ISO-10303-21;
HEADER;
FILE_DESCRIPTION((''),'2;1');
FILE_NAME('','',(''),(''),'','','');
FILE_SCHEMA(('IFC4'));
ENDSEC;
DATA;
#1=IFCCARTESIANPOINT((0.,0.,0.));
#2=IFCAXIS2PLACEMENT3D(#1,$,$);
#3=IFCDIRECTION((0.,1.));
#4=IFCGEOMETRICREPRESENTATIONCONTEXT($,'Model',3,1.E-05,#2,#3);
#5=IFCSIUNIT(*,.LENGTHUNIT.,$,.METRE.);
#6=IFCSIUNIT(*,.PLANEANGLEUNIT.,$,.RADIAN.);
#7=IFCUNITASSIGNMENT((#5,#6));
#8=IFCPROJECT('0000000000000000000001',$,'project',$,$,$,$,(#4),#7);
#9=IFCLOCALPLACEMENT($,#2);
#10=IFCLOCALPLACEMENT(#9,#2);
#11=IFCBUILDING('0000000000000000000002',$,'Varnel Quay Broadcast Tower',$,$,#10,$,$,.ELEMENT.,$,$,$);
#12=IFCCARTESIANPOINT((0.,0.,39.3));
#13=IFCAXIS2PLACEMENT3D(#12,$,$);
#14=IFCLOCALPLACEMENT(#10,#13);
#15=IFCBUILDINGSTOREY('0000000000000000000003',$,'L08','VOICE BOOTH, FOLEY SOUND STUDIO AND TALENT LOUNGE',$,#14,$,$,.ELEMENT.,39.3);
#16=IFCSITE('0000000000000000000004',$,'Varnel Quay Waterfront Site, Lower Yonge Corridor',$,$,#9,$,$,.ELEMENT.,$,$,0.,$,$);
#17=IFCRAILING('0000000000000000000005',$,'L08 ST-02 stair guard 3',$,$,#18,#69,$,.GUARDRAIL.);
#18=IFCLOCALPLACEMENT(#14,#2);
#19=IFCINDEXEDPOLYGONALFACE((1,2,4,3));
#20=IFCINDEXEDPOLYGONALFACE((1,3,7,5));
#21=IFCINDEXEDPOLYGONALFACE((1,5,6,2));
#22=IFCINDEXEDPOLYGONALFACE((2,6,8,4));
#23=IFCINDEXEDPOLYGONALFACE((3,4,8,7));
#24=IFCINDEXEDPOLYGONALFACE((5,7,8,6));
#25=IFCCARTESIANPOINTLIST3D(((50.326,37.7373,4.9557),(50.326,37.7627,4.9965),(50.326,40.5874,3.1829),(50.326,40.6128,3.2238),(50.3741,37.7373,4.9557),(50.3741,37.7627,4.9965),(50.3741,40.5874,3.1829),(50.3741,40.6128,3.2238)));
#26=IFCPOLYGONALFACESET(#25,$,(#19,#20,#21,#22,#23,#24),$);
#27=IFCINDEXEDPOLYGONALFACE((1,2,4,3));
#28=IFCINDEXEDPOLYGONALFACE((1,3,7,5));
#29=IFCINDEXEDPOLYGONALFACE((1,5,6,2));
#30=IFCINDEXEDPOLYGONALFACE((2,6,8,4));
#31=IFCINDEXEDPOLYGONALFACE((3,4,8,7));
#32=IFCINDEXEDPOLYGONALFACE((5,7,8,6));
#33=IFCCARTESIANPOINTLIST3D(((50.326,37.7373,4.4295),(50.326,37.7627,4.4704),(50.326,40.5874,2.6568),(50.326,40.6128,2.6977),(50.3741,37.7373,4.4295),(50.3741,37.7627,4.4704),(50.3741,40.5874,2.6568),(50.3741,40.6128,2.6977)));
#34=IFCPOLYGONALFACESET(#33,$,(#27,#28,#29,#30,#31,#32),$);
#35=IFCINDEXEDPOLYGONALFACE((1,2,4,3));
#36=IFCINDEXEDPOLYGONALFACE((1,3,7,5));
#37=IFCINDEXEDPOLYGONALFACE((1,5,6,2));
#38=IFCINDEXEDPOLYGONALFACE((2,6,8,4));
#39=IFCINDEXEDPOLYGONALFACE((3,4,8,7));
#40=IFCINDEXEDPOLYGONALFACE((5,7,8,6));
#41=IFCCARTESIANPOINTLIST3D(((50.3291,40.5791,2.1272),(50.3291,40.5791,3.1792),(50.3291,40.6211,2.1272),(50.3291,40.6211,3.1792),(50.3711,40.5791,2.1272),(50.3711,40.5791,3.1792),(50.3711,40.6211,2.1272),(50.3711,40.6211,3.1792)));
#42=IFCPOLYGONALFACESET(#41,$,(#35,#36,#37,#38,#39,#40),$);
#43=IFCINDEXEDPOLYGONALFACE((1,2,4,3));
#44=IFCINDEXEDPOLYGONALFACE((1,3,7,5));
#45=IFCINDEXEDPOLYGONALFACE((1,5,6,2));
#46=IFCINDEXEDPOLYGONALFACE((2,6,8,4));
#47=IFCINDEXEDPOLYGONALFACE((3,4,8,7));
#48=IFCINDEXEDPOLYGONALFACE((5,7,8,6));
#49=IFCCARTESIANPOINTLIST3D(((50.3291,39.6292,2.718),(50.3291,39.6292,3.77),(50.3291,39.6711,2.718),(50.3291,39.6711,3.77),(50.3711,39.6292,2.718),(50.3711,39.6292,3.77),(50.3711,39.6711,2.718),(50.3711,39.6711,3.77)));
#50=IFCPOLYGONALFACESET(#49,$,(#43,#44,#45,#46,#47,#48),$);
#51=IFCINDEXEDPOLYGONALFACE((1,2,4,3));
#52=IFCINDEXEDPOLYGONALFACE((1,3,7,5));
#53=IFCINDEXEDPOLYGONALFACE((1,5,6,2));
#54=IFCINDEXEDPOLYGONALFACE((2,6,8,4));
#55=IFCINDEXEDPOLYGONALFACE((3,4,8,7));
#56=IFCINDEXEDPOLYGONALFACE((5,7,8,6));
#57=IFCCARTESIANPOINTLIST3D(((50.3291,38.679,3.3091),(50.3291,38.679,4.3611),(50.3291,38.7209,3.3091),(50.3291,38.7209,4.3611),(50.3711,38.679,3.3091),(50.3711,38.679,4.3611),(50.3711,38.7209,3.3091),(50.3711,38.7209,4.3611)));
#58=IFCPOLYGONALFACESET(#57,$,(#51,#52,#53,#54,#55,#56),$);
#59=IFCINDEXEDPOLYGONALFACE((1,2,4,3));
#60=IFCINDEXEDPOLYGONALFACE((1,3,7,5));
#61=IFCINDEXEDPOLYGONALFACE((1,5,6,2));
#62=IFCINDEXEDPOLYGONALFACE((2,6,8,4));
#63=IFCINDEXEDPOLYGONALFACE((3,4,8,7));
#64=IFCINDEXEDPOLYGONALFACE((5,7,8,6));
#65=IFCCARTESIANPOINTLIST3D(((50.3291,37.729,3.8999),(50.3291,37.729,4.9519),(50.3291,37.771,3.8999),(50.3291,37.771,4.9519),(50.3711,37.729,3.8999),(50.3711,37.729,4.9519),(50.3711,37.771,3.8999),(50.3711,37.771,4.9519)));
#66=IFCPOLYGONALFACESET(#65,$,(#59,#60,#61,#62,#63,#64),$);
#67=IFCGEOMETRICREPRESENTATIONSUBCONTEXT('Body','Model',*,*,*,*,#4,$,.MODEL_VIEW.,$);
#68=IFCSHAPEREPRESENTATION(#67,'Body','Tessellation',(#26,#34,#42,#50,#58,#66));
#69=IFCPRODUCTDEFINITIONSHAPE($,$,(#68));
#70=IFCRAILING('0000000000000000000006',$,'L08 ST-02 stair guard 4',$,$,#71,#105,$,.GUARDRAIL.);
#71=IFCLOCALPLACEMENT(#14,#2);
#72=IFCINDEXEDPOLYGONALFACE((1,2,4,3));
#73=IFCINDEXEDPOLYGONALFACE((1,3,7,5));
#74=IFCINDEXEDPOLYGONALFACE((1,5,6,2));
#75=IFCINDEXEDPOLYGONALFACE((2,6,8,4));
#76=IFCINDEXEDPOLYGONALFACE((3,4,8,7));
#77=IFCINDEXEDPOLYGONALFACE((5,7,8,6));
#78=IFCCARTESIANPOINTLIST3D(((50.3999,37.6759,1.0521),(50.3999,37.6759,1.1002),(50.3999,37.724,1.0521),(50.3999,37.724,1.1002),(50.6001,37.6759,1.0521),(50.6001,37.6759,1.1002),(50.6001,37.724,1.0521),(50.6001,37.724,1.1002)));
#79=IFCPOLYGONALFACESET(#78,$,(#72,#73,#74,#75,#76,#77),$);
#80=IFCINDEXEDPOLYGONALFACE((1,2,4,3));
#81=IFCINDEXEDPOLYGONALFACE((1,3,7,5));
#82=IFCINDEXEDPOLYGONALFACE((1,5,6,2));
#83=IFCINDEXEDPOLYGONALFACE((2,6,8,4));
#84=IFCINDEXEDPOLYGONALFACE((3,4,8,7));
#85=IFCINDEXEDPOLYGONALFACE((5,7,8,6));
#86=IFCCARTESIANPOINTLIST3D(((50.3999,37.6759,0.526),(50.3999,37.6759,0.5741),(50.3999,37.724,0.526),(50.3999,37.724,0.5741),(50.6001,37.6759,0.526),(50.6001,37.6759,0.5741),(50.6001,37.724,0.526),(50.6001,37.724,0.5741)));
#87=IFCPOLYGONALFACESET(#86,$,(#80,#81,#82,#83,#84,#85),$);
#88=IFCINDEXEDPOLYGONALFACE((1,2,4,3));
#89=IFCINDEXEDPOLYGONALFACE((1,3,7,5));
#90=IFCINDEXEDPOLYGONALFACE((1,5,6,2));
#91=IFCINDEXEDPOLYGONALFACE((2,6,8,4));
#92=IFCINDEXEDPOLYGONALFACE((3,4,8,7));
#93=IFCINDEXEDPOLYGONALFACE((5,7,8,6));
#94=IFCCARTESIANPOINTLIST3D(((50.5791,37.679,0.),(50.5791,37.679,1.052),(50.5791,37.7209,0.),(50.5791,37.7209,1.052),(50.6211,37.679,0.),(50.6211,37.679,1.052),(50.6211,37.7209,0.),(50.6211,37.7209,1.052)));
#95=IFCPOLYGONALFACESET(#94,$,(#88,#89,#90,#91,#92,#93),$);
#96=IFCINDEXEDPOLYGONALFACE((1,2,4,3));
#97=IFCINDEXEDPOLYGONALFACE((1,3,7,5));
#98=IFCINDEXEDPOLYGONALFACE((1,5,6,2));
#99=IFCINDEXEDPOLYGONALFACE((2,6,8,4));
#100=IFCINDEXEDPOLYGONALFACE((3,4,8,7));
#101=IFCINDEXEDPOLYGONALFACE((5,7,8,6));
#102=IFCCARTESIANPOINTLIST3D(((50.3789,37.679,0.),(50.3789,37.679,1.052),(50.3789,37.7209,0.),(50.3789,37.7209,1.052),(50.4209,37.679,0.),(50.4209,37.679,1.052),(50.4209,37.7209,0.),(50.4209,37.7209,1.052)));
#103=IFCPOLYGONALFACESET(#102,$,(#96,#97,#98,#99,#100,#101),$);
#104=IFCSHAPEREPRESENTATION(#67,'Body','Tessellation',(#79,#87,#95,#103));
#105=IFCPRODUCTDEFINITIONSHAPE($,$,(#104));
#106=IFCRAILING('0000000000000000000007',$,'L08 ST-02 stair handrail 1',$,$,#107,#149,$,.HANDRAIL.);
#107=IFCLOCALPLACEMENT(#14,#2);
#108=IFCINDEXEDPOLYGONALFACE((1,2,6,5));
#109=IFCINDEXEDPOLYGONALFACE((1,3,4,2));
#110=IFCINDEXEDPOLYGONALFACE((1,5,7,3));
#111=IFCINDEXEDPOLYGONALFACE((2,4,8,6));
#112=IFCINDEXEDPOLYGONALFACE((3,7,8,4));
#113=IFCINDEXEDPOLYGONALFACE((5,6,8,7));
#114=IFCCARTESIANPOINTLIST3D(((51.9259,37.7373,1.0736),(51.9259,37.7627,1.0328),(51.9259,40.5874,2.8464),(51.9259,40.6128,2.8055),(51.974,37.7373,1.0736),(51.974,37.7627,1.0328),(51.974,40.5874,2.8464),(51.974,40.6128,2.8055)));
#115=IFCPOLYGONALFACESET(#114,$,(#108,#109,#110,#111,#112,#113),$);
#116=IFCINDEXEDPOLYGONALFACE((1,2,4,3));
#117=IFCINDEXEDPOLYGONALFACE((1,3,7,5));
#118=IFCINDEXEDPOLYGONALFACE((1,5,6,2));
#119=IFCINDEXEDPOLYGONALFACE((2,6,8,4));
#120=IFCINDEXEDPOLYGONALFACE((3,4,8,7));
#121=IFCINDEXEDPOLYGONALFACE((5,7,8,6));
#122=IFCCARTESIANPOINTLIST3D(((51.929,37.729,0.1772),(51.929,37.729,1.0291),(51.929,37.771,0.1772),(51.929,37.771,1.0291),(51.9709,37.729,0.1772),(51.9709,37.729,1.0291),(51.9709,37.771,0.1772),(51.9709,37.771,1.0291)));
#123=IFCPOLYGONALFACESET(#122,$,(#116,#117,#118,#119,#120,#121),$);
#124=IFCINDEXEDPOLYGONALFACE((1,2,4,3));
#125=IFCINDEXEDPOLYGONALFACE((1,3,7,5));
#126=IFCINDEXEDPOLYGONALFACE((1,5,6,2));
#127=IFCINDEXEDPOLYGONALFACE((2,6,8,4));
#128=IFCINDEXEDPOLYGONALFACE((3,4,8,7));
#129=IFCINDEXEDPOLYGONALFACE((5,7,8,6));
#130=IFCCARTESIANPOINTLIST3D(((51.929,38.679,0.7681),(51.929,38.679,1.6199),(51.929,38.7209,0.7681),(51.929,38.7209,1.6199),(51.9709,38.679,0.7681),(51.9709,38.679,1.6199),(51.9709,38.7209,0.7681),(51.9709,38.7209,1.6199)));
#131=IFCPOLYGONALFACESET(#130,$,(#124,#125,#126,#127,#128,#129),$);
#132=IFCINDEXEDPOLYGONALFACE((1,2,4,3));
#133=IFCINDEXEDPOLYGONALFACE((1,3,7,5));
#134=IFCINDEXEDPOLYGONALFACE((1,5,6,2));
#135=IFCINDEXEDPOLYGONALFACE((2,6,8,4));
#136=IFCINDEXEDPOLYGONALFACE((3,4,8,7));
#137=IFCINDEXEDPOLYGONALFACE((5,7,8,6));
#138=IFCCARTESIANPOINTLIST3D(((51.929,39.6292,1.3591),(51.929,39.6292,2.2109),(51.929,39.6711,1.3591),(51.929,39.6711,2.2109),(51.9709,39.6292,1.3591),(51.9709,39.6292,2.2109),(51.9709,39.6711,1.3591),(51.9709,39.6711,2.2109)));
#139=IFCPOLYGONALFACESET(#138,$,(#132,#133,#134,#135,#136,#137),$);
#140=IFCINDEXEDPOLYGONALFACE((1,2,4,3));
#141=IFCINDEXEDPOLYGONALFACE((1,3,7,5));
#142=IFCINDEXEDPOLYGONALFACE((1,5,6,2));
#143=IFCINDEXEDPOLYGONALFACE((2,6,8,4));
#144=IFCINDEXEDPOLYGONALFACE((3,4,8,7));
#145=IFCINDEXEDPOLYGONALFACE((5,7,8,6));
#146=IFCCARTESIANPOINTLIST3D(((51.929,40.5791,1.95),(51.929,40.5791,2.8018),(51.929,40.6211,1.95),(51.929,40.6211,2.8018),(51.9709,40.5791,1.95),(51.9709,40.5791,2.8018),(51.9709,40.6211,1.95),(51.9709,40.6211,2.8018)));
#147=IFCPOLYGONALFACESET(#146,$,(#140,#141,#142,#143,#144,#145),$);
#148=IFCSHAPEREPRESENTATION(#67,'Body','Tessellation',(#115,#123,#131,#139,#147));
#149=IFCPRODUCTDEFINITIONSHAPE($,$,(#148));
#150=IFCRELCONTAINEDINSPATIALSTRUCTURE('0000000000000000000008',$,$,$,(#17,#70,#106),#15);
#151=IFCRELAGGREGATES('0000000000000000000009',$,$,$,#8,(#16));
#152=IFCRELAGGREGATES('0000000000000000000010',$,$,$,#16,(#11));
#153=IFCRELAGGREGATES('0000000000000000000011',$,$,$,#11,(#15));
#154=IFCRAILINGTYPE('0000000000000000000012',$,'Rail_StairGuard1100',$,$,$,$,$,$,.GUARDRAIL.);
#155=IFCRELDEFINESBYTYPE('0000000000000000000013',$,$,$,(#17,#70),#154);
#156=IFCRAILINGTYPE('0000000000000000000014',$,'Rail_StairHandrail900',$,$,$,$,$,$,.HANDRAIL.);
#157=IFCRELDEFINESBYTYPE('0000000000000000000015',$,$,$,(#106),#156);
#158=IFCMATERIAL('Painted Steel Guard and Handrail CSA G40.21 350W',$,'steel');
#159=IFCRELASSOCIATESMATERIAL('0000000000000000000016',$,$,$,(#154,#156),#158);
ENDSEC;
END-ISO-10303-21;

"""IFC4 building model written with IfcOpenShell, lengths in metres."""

from ifc_helpers import new_model, si_unit, direction, frame, origin, origin_2d, place, context, subcontext, project, spatial, rectangle, extrude, material, type_object, element, save


model = new_model("IFC4")

# Units and contexts
model_context = context("Model", 3, precision=1e-05, world=origin(), true_north=direction((0.0, 1.0)))
body_context = subcontext(model_context, "Body", "Model", "MODEL_VIEW")
ifc_project = project(units=[si_unit("LENGTHUNIT", "METRE"), si_unit("PLANEANGLEUNIT", "RADIAN")], contexts=[model_context])

# Site, building, storey
site_placement = place(None, origin())
site = spatial("IfcSite", under=ifc_project, at=site_placement, Name="Varnel Quay Waterfront Site, Lower Yonge Corridor", CompositionType="ELEMENT", RefElevation=0.0)
building_placement = place(site_placement, origin())
building = spatial("IfcBuilding", under=site, at=building_placement, Name="Varnel Quay Broadcast Tower", CompositionType="ELEMENT")
storey_placement = place(building_placement, frame((0.0, 0.0, 39.3)))
storey = spatial("IfcBuildingStorey", under=building, at=storey_placement, Name="L08", Description="VOICE BOOTH, FOLEY SOUND STUDIO AND TALENT LOUNGE", CompositionType="ELEMENT", Elevation=39.3)

# Railings
ifc_material_1 = material(Name="Painted Steel Guard and Handrail CSA G40.21 350W", Category="steel")
railing_type_1 = type_object("IfcRailingType", Name="Rail_StairGuard1100", PredefinedType="GUARDRAIL", material=ifc_material_1)
railing_1_placement = place(storey_placement, frame((50.3501, 40.6001, 2.1272)))
element("IfcRailing", 1, at=railing_1_placement, inside=storey, type_object=railing_type_1, Name="L08 ST-02 stair guard 3", PredefinedType="GUARDRAIL", context=body_context, shape_type="SweptSolid", body=[
    extrude(rectangle(XDim=0.0481, YDim=0.0481, at=origin_2d()), frame((0.0, 0.0, 1.0762), z_axis=(0.0, -0.849149, 0.528154), x_axis=(1.0, 0.0, 0.0)), (0.0, 0.0, 1.0), 3.3564),
    extrude(rectangle(XDim=0.0481, YDim=0.0481, at=origin_2d()), frame((0.0, 0.0, 0.55), z_axis=(0.0, -0.849149, 0.528154), x_axis=(1.0, 0.0, 0.0)), (0.0, 0.0, 1.0), 3.3564),
    extrude(rectangle(XDim=0.042, YDim=0.042, at=origin_2d()), origin(), (0.0, 0.0, 1.0), 1.052),
    extrude(rectangle(XDim=0.042, YDim=0.042, at=origin_2d()), frame((0.0, -0.95, 0.5908)), (0.0, 0.0, 1.0), 1.052),
    extrude(rectangle(XDim=0.042, YDim=0.042, at=origin_2d()), frame((0.0, -1.9001, 1.1819)), (0.0, 0.0, 1.0), 1.052),
    extrude(rectangle(XDim=0.042, YDim=0.042, at=origin_2d()), frame((0.0, -2.8501, 1.7727)), (0.0, 0.0, 1.0), 1.052),
])
railing_2_placement = place(storey_placement, frame((50.6001, 37.7, 0.0)))
element("IfcRailing", 2, at=railing_2_placement, inside=storey, type_object=railing_type_1, Name="L08 ST-02 stair guard 4", PredefinedType="GUARDRAIL", context=body_context, shape_type="SweptSolid", body=[
    extrude(rectangle(XDim=0.0481, YDim=0.0481, at=origin_2d()), frame((0.0, 0.0, 1.0762), z_axis=(-1.0, 0.0, 0.0), x_axis=(0.0, -1.0, 0.0)), (0.0, 0.0, 1.0), 0.2002),
    extrude(rectangle(XDim=0.0481, YDim=0.0481, at=origin_2d()), frame((0.0, 0.0, 0.55), z_axis=(-1.0, 0.0, 0.0), x_axis=(0.0, -1.0, 0.0)), (0.0, 0.0, 1.0), 0.2002),
    extrude(rectangle(XDim=0.042, YDim=0.042, at=origin_2d()), origin(), (0.0, 0.0, 1.0), 1.052),
    extrude(rectangle(XDim=0.042, YDim=0.042, at=origin_2d()), frame((-0.2002, 0.0, 0.0)), (0.0, 0.0, 1.0), 1.052),
])
railing_type_2 = type_object("IfcRailingType", Name="Rail_StairHandrail900", PredefinedType="HANDRAIL", material=ifc_material_1)
railing_3_placement = place(storey_placement, frame((51.95, 37.75, 0.1772)))
element("IfcRailing", 3, at=railing_3_placement, inside=storey, type_object=railing_type_2, Name="L08 ST-02 stair handrail 1", PredefinedType="HANDRAIL", context=body_context, shape_type="SweptSolid", body=[
    extrude(rectangle(XDim=0.0481, YDim=0.0481, at=origin_2d()), frame((0.0, 0.0, 0.876), z_axis=(0.0, 0.849149, 0.528154), x_axis=(-1.0, 0.0, 0.0)), (0.0, 0.0, 1.0), 3.3564),
    extrude(rectangle(XDim=0.042, YDim=0.042, at=origin_2d()), origin(), (0.0, 0.0, 1.0), 0.8518),
    extrude(rectangle(XDim=0.042, YDim=0.042, at=origin_2d()), frame((0.0, 0.95, 0.5908)), (0.0, 0.0, 1.0), 0.8518),
    extrude(rectangle(XDim=0.042, YDim=0.042, at=origin_2d()), frame((0.0, 1.9001, 1.1819)), (0.0, 0.0, 1.0), 0.8518),
    extrude(rectangle(XDim=0.042, YDim=0.042, at=origin_2d()), frame((0.0, 2.8501, 1.7727)), (0.0, 0.0, 1.0), 0.8518),
])

save(model, "model.ifc")
